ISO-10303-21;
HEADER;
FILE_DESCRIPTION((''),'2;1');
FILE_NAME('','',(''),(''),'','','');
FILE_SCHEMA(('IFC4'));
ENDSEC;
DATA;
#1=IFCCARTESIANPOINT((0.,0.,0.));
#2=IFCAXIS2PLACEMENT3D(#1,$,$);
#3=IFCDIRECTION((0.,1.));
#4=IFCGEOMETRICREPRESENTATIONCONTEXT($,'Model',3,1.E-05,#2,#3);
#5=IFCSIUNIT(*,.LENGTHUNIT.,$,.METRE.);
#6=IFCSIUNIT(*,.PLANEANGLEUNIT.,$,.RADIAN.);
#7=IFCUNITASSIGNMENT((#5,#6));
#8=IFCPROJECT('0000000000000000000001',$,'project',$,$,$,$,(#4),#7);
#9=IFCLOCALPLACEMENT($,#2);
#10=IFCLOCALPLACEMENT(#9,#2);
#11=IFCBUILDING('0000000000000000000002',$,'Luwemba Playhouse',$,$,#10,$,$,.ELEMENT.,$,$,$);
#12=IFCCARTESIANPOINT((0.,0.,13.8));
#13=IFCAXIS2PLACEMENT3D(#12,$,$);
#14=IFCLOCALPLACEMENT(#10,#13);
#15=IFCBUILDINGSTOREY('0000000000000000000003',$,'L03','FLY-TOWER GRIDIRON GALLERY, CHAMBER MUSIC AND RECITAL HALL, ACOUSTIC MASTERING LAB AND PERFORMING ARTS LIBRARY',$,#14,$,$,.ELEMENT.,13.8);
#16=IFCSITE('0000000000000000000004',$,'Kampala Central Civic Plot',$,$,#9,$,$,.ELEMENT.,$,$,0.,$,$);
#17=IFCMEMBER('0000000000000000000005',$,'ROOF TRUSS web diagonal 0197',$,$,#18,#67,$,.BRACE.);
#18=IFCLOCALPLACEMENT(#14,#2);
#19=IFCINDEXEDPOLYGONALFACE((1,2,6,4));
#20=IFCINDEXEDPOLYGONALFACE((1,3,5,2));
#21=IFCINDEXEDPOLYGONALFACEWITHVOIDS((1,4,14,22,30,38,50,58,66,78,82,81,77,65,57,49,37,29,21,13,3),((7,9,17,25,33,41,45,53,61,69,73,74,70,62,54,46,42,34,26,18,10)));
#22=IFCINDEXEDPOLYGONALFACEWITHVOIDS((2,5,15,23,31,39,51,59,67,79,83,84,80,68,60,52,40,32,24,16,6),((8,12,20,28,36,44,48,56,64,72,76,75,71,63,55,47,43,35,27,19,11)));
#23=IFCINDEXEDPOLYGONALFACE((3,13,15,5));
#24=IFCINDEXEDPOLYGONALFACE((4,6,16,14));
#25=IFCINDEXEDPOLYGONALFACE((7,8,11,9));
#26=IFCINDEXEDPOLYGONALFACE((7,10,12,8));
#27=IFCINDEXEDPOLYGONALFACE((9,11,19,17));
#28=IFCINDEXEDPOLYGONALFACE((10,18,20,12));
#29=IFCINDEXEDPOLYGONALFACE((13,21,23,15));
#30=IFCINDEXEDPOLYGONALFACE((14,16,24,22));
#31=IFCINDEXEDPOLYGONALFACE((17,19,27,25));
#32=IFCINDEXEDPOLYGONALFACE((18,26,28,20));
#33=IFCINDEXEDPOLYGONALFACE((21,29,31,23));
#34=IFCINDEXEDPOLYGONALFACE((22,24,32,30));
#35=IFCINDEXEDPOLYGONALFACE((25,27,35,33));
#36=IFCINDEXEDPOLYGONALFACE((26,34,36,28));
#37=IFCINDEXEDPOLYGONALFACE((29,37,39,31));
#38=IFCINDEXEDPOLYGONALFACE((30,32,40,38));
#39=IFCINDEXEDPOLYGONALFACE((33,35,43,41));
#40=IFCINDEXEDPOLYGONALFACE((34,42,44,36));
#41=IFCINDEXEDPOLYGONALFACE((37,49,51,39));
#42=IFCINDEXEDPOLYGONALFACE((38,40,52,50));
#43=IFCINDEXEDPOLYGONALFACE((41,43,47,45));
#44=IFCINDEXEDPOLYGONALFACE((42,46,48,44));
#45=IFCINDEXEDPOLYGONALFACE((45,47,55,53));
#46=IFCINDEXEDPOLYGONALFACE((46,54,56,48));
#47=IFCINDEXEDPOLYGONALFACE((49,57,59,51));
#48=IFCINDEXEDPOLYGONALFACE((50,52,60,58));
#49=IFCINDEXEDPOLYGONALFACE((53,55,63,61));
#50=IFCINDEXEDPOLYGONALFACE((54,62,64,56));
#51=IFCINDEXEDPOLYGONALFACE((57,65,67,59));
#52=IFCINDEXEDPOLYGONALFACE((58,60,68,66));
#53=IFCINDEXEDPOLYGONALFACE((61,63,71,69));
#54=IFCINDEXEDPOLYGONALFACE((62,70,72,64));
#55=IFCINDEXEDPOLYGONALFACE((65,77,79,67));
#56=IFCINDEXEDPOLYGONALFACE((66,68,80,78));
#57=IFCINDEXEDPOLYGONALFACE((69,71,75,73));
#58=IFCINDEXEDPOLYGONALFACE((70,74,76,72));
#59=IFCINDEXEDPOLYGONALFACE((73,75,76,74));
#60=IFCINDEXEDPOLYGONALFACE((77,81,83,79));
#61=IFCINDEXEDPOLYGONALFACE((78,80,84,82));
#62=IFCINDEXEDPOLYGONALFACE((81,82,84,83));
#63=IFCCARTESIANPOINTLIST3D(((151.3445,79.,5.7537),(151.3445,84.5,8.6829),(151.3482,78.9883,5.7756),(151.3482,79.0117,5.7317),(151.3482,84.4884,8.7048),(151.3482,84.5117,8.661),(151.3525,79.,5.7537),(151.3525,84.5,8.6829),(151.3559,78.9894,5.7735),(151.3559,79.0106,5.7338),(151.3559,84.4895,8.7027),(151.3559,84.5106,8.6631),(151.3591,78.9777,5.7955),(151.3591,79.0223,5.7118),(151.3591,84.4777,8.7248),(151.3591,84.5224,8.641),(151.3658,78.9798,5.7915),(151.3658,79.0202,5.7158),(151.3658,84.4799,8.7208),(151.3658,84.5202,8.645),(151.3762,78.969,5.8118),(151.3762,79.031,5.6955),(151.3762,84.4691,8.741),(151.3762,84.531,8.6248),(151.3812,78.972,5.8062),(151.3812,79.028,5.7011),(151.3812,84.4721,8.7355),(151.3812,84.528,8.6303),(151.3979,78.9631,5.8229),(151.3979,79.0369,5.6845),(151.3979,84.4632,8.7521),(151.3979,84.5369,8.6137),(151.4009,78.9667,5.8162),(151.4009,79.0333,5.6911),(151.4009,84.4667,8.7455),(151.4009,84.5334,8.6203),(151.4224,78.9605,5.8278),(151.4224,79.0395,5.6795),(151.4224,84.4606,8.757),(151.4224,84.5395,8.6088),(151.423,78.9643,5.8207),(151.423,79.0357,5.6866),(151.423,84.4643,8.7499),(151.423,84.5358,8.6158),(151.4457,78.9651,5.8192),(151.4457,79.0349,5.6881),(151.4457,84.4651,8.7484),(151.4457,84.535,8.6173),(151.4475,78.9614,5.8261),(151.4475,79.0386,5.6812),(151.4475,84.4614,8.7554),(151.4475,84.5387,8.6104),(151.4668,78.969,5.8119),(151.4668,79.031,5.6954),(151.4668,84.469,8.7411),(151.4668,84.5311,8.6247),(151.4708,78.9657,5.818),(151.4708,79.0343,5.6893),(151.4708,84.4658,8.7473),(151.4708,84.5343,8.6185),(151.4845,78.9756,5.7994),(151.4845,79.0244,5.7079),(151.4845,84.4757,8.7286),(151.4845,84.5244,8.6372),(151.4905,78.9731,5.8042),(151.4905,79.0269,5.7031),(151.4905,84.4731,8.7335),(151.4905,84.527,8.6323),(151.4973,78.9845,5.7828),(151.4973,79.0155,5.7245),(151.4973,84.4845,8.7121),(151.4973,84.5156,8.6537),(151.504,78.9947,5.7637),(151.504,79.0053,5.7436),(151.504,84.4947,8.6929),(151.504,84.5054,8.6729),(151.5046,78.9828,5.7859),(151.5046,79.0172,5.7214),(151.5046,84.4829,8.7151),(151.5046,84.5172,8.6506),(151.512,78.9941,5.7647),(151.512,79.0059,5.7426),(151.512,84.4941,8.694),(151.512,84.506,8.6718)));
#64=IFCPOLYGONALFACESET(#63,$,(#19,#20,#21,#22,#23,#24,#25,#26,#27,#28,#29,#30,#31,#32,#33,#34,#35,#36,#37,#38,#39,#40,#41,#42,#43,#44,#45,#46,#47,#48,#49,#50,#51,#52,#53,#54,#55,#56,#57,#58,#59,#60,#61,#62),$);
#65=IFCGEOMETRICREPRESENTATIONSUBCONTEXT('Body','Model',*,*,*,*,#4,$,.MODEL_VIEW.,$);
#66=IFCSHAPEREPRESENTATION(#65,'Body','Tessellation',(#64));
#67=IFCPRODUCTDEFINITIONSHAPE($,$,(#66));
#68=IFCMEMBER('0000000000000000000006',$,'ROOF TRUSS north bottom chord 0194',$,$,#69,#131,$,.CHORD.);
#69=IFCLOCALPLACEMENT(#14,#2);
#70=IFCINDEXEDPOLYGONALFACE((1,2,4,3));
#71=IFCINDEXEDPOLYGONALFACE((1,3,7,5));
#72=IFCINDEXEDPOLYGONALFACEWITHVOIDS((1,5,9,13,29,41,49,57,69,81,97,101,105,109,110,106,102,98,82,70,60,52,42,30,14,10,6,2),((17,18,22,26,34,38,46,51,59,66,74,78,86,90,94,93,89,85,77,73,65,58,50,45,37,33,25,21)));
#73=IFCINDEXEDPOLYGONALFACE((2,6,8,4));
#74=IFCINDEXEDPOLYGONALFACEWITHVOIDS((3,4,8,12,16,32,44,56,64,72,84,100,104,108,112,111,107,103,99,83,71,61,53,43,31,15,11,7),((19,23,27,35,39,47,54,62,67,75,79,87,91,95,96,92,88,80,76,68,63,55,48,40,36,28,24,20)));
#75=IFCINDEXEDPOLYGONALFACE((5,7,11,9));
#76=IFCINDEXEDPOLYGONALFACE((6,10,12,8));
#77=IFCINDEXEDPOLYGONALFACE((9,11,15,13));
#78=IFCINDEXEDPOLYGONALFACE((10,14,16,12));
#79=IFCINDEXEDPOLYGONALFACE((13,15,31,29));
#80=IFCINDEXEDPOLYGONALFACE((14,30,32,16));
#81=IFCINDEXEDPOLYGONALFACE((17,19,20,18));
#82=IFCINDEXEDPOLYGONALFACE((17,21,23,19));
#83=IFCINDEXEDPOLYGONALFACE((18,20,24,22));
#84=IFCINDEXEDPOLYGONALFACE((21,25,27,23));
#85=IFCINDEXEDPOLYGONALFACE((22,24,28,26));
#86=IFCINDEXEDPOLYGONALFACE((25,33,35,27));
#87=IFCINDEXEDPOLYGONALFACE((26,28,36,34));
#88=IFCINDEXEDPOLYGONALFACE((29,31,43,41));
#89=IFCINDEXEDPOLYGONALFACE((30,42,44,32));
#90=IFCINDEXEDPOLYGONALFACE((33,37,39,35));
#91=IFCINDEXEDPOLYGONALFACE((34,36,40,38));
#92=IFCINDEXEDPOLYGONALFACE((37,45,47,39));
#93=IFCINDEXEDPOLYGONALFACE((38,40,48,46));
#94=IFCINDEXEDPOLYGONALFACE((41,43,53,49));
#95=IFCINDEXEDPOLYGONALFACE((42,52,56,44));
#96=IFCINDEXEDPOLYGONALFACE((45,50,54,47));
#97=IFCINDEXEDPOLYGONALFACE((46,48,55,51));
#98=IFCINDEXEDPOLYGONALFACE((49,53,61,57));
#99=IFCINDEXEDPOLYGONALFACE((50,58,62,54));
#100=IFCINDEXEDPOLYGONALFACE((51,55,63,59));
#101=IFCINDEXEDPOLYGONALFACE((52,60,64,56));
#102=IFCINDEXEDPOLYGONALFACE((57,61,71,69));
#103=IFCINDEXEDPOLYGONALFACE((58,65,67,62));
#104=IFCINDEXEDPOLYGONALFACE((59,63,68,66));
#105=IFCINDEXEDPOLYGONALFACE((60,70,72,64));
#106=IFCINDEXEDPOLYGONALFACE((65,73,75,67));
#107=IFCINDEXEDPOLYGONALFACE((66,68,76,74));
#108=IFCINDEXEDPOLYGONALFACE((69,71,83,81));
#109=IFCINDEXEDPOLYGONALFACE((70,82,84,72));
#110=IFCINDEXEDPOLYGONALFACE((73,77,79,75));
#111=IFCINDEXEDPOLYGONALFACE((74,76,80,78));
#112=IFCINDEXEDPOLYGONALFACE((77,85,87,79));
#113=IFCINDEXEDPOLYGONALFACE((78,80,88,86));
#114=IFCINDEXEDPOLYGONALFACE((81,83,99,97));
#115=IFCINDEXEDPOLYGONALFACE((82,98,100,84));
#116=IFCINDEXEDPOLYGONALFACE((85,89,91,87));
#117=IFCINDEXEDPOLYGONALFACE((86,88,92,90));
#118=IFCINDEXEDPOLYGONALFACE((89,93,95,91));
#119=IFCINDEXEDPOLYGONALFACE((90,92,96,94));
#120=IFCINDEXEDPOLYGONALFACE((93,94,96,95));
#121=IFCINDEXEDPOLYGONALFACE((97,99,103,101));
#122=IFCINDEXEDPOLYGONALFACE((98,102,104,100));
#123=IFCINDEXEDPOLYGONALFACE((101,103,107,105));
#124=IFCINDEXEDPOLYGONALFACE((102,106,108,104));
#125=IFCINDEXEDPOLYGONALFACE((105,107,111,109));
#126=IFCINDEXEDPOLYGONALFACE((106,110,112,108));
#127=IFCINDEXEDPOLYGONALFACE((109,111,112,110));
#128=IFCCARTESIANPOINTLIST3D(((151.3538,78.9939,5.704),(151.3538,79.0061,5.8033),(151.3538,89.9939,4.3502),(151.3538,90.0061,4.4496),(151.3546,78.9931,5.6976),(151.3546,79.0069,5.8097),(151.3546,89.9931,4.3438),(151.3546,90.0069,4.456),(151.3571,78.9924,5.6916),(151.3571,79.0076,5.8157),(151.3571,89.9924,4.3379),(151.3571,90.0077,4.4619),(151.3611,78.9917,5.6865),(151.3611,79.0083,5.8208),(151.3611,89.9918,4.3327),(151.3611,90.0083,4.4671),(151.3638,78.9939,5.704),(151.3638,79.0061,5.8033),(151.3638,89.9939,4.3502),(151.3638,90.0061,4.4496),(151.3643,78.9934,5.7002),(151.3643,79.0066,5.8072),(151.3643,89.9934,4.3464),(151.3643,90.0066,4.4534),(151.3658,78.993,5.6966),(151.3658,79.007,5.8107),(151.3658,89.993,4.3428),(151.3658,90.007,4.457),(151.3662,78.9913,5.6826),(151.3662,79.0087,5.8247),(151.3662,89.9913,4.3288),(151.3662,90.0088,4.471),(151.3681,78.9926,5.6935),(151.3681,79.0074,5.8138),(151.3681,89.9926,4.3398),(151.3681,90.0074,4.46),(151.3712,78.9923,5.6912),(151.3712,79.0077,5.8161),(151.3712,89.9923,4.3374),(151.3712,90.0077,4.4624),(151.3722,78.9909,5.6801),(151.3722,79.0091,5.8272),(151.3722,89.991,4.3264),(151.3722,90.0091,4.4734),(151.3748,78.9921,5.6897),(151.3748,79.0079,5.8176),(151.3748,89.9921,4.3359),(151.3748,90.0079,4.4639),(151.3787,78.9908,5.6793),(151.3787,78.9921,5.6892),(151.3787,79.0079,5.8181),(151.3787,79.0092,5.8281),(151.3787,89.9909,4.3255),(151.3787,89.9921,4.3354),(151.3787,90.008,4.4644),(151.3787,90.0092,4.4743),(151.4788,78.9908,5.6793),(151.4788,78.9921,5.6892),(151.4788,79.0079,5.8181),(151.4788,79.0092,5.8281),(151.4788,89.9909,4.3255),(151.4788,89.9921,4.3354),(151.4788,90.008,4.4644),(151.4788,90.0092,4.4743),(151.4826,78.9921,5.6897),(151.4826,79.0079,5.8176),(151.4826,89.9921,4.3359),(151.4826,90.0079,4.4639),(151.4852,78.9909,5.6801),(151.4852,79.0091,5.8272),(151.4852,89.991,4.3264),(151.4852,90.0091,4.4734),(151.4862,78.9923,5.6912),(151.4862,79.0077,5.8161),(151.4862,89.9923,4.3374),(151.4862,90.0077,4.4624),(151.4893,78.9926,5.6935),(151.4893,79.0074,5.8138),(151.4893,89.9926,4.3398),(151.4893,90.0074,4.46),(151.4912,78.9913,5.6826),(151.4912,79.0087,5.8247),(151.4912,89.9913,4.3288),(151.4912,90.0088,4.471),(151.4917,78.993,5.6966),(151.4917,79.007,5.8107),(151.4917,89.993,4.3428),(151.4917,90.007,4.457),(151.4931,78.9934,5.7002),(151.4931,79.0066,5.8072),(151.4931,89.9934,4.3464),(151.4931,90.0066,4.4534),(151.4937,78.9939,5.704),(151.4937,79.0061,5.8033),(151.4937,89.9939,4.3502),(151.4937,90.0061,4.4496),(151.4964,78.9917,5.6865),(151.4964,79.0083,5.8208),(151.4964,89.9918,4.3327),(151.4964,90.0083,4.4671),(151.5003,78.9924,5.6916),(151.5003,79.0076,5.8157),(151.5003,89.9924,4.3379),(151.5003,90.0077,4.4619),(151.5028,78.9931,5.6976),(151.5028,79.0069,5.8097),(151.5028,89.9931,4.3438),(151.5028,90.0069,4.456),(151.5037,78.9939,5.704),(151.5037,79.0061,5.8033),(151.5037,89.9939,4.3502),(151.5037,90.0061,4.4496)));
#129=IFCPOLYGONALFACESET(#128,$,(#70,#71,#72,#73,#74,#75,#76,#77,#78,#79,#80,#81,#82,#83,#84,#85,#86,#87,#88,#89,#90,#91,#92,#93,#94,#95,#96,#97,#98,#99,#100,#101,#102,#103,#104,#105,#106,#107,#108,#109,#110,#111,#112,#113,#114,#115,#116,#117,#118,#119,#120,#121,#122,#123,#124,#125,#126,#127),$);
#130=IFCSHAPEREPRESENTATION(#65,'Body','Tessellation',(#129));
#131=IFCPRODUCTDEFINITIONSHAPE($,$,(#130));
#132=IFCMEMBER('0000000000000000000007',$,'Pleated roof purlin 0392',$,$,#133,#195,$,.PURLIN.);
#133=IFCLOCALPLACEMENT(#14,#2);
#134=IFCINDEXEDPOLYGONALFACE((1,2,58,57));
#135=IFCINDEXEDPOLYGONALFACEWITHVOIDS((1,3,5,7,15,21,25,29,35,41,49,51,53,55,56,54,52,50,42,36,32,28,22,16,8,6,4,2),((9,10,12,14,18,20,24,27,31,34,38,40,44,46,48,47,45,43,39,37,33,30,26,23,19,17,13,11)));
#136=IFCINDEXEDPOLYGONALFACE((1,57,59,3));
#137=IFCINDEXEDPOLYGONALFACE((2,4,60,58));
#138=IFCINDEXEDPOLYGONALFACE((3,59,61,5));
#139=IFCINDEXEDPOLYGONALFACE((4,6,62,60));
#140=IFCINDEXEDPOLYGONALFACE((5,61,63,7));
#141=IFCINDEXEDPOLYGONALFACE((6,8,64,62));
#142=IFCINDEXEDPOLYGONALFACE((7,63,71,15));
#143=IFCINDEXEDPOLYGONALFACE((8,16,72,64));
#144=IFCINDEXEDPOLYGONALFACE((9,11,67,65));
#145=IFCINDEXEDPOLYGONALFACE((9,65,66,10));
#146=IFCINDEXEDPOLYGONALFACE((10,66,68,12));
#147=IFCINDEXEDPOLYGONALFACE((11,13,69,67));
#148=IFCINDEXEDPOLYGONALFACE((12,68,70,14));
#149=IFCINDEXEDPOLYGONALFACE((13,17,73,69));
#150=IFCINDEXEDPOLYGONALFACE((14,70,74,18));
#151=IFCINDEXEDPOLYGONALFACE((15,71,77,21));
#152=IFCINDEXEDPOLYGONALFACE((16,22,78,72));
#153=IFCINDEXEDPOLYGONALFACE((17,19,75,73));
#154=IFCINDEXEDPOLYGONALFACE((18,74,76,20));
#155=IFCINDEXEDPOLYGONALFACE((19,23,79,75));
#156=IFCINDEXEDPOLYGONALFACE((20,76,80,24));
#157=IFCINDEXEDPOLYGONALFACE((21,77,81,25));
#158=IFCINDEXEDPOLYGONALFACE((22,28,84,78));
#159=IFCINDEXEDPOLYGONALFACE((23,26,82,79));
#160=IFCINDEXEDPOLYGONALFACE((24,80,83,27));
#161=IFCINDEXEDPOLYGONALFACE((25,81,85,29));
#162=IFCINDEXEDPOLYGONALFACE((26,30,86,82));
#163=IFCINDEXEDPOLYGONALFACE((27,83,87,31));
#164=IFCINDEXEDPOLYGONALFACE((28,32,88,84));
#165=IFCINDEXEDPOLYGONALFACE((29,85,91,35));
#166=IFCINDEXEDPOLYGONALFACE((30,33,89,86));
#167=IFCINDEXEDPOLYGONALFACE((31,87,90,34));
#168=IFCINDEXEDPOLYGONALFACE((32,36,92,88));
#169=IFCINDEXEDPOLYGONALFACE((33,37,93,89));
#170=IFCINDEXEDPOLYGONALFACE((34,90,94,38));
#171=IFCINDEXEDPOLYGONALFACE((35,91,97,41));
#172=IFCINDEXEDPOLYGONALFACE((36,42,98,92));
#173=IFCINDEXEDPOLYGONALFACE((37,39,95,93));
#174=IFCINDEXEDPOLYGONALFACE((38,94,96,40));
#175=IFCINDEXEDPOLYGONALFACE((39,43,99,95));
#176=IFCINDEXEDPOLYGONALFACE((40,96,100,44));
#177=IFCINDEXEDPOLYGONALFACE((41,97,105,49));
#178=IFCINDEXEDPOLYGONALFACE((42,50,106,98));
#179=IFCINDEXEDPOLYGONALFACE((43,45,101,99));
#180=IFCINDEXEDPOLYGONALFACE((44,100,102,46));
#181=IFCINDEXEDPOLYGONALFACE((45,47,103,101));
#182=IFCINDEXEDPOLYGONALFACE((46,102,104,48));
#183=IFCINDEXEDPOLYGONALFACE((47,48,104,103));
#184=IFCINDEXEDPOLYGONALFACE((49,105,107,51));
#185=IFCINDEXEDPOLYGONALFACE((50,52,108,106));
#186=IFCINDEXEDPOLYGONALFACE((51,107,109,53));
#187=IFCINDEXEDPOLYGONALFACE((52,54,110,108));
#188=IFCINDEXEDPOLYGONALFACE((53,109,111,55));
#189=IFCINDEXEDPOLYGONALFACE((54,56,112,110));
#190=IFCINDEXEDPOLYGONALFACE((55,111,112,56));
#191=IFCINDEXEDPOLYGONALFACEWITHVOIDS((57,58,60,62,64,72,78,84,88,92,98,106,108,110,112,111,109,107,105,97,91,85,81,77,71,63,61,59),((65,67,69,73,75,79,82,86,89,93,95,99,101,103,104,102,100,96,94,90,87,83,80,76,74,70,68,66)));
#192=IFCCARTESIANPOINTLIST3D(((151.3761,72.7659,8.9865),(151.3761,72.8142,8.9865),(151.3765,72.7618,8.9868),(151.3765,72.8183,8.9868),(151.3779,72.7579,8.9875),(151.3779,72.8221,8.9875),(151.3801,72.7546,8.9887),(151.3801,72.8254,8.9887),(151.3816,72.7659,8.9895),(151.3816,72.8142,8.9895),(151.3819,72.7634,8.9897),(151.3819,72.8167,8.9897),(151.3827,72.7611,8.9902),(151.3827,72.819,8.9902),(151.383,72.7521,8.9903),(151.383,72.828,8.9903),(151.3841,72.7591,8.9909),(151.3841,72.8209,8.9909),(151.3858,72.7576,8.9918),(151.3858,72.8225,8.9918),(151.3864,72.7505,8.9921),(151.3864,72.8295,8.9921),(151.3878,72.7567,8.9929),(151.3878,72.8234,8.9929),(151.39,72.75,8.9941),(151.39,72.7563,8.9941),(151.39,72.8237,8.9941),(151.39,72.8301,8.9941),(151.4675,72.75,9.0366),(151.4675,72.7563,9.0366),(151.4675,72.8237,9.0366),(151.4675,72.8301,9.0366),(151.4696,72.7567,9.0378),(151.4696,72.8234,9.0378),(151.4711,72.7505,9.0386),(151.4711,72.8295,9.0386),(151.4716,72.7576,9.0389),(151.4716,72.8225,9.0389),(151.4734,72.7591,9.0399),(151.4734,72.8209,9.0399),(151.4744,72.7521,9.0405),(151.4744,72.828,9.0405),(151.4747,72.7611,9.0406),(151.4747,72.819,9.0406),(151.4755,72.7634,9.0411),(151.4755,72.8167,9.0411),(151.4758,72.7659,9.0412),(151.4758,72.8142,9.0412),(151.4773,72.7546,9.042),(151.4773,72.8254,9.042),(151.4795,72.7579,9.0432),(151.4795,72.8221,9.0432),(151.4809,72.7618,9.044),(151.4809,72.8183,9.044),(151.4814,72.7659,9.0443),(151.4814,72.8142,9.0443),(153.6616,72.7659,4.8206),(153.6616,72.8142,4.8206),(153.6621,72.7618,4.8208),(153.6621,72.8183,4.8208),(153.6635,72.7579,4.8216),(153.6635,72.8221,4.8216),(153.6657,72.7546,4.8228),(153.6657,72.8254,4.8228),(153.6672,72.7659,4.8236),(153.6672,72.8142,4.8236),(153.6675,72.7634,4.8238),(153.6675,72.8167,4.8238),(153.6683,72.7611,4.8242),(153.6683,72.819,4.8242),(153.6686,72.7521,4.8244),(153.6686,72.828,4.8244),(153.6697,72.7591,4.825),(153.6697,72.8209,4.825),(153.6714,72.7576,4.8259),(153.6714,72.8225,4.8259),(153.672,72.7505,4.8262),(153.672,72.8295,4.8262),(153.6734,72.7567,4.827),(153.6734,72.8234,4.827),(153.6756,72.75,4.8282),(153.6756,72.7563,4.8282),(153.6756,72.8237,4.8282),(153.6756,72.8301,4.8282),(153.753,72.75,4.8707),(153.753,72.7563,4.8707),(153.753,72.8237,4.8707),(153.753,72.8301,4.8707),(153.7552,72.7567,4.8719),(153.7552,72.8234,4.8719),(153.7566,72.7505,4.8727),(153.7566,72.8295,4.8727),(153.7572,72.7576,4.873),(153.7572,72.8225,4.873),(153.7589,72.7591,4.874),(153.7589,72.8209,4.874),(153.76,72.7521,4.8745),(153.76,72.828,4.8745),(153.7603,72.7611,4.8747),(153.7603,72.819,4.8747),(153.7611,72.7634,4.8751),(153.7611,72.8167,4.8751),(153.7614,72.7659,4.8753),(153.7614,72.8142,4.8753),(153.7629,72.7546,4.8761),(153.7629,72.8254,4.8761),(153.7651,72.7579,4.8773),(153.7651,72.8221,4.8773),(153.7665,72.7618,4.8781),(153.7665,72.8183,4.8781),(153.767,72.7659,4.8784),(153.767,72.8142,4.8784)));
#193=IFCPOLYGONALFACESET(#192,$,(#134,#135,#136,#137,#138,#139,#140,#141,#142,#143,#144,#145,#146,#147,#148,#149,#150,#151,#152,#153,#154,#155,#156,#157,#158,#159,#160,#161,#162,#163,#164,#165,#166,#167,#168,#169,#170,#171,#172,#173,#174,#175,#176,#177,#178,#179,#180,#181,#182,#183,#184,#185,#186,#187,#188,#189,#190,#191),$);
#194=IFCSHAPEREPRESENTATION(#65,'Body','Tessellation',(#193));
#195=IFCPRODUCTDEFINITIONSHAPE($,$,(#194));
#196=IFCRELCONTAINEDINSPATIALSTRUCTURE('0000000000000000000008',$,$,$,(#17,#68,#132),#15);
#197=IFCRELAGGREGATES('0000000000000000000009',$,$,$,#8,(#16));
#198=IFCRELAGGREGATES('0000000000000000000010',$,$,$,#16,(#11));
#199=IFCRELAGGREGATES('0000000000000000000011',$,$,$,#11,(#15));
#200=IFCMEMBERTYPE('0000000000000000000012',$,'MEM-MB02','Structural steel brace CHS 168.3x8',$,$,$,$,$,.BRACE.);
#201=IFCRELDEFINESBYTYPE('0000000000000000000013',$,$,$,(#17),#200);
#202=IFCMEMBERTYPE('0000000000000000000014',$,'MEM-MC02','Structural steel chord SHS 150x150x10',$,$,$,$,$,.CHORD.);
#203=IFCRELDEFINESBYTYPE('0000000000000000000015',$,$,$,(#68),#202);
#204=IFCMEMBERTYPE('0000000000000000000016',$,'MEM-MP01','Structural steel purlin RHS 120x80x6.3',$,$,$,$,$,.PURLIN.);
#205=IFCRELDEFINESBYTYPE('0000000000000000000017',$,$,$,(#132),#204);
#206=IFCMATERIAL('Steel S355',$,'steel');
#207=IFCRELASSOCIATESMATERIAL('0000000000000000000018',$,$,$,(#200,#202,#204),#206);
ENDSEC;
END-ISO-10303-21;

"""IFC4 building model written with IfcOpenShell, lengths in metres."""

from ifc_helpers import new_model, si_unit, direction, frame, origin, origin_2d, place, context, subcontext, project, spatial, hollow_rectangle, hollow_circle, extrude, material, material_profile, profile_set, type_object, element, save


model = new_model("IFC4")

# Units and contexts
model_context = context("Model", 3, precision=1e-05, world=origin(), true_north=direction((0.0, 1.0)))
body_context = subcontext(model_context, "Body", "Model", "MODEL_VIEW")
ifc_project = project(units=[si_unit("LENGTHUNIT", "METRE"), si_unit("PLANEANGLEUNIT", "RADIAN")], contexts=[model_context])

# Site, building, storey
site_placement = place(None, origin())
site = spatial("IfcSite", under=ifc_project, at=site_placement, Name="Kampala Central Civic Plot", CompositionType="ELEMENT", RefElevation=0.0)
building_placement = place(site_placement, origin())
building = spatial("IfcBuilding", under=site, at=building_placement, Name="Luwemba Playhouse", CompositionType="ELEMENT")
storey_placement = place(building_placement, frame((0.0, 0.0, 13.8)))
storey = spatial("IfcBuildingStorey", under=building, at=storey_placement, Name="L03", Description="FLY-TOWER GRIDIRON GALLERY, CHAMBER MUSIC AND RECITAL HALL, ACOUSTIC MASTERING LAB AND PERFORMING ARTS LIBRARY", CompositionType="ELEMENT", Elevation=13.8)

# Shared definitions
ifc_material_1 = material(Name="Steel S355", Category="steel")

# Members
ifc_material_profile_1 = material_profile(ifc_material_1, hollow_circle(Radius=0.0842, WallThickness=0.0081, at=origin_2d()))
ifc_profile_set_1 = profile_set([ifc_material_profile_1], Name="Steel S355")
member_type_1 = type_object("IfcMemberType", Name="MEM-MB02", Description="Structural steel brace CHS 168.3x8", PredefinedType="BRACE", material=ifc_profile_set_1)
for number, where, z_axis, x_axis, name in (
    (1, (151.4287, 79.0, 5.7537), (0.0, 0.882628, 0.470072), (-1.0, 0.0, 0.0), "ROOF TRUSS web diagonal 0197"),
):
    element("IfcMember", number, at=place(storey_placement, frame(where, z_axis=z_axis, x_axis=x_axis)), inside=storey, type_object=member_type_1, Name=name, PredefinedType="BRACE", context=body_context, shape_type="SweptSolid", body=[
        extrude(hollow_circle(Radius=0.0842, WallThickness=0.0081, at=origin_2d()), origin(), (0.0, 0.0, 1.0), 6.2314),
    ])
ifc_material_profile_2 = material_profile(ifc_material_1, hollow_rectangle(XDim=0.1499, YDim=0.1499, WallThickness=0.01, InnerFilletRadius=0.0149, OuterFilletRadius=0.0249, at=origin_2d()))
ifc_profile_set_2 = profile_set([ifc_material_profile_2], Name="Steel S355")
member_type_2 = type_object("IfcMemberType", Name="MEM-MC02", Description="Structural steel chord SHS 150x150x10", PredefinedType="CHORD", material=ifc_profile_set_2)
member_1_placement = place(storey_placement, frame((151.4287, 79.0, 5.7537), z_axis=(0.0, 0.992512, -0.122148), x_axis=(-1.0, 0.0, 0.0)))
element("IfcMember", 2, at=member_1_placement, inside=storey, type_object=member_type_2, Name="ROOF TRUSS north bottom chord 0194", PredefinedType="CHORD", context=body_context, shape_type="SweptSolid", body=[
    extrude(hollow_rectangle(XDim=0.1499, YDim=0.1499, WallThickness=0.01, InnerFilletRadius=0.0149, OuterFilletRadius=0.0249, at=origin_2d()), origin(), (0.0, 0.0, 1.0), 11.083),
])
ifc_material_profile_3 = material_profile(ifc_material_1, hollow_rectangle(XDim=0.0801, YDim=0.1201, WallThickness=0.0063, InnerFilletRadius=0.0095, OuterFilletRadius=0.0159, at=origin_2d()))
ifc_profile_set_3 = profile_set([ifc_material_profile_3], Name="Steel S355")
member_type_3 = type_object("IfcMemberType", Name="MEM-MP01", Description="Structural steel purlin RHS 120x80x6.3", PredefinedType="PURLIN", material=ifc_profile_set_3)
member_2_placement = place(storey_placement, frame((151.4287, 72.79, 9.0154), z_axis=(0.481003, 0.0, -0.876719), x_axis=(0.0, 1.0, 0.0)))
element("IfcMember", 3, at=member_2_placement, inside=storey, type_object=member_type_3, Name="Pleated roof purlin 0392", PredefinedType="PURLIN", context=body_context, shape_type="SweptSolid", body=[
    extrude(hollow_rectangle(XDim=0.0801, YDim=0.1201, WallThickness=0.0063, InnerFilletRadius=0.0095, OuterFilletRadius=0.0159, at=origin_2d()), origin(), (0.0, 0.0, 1.0), 4.7517),
])

save(model, "model.ifc")
